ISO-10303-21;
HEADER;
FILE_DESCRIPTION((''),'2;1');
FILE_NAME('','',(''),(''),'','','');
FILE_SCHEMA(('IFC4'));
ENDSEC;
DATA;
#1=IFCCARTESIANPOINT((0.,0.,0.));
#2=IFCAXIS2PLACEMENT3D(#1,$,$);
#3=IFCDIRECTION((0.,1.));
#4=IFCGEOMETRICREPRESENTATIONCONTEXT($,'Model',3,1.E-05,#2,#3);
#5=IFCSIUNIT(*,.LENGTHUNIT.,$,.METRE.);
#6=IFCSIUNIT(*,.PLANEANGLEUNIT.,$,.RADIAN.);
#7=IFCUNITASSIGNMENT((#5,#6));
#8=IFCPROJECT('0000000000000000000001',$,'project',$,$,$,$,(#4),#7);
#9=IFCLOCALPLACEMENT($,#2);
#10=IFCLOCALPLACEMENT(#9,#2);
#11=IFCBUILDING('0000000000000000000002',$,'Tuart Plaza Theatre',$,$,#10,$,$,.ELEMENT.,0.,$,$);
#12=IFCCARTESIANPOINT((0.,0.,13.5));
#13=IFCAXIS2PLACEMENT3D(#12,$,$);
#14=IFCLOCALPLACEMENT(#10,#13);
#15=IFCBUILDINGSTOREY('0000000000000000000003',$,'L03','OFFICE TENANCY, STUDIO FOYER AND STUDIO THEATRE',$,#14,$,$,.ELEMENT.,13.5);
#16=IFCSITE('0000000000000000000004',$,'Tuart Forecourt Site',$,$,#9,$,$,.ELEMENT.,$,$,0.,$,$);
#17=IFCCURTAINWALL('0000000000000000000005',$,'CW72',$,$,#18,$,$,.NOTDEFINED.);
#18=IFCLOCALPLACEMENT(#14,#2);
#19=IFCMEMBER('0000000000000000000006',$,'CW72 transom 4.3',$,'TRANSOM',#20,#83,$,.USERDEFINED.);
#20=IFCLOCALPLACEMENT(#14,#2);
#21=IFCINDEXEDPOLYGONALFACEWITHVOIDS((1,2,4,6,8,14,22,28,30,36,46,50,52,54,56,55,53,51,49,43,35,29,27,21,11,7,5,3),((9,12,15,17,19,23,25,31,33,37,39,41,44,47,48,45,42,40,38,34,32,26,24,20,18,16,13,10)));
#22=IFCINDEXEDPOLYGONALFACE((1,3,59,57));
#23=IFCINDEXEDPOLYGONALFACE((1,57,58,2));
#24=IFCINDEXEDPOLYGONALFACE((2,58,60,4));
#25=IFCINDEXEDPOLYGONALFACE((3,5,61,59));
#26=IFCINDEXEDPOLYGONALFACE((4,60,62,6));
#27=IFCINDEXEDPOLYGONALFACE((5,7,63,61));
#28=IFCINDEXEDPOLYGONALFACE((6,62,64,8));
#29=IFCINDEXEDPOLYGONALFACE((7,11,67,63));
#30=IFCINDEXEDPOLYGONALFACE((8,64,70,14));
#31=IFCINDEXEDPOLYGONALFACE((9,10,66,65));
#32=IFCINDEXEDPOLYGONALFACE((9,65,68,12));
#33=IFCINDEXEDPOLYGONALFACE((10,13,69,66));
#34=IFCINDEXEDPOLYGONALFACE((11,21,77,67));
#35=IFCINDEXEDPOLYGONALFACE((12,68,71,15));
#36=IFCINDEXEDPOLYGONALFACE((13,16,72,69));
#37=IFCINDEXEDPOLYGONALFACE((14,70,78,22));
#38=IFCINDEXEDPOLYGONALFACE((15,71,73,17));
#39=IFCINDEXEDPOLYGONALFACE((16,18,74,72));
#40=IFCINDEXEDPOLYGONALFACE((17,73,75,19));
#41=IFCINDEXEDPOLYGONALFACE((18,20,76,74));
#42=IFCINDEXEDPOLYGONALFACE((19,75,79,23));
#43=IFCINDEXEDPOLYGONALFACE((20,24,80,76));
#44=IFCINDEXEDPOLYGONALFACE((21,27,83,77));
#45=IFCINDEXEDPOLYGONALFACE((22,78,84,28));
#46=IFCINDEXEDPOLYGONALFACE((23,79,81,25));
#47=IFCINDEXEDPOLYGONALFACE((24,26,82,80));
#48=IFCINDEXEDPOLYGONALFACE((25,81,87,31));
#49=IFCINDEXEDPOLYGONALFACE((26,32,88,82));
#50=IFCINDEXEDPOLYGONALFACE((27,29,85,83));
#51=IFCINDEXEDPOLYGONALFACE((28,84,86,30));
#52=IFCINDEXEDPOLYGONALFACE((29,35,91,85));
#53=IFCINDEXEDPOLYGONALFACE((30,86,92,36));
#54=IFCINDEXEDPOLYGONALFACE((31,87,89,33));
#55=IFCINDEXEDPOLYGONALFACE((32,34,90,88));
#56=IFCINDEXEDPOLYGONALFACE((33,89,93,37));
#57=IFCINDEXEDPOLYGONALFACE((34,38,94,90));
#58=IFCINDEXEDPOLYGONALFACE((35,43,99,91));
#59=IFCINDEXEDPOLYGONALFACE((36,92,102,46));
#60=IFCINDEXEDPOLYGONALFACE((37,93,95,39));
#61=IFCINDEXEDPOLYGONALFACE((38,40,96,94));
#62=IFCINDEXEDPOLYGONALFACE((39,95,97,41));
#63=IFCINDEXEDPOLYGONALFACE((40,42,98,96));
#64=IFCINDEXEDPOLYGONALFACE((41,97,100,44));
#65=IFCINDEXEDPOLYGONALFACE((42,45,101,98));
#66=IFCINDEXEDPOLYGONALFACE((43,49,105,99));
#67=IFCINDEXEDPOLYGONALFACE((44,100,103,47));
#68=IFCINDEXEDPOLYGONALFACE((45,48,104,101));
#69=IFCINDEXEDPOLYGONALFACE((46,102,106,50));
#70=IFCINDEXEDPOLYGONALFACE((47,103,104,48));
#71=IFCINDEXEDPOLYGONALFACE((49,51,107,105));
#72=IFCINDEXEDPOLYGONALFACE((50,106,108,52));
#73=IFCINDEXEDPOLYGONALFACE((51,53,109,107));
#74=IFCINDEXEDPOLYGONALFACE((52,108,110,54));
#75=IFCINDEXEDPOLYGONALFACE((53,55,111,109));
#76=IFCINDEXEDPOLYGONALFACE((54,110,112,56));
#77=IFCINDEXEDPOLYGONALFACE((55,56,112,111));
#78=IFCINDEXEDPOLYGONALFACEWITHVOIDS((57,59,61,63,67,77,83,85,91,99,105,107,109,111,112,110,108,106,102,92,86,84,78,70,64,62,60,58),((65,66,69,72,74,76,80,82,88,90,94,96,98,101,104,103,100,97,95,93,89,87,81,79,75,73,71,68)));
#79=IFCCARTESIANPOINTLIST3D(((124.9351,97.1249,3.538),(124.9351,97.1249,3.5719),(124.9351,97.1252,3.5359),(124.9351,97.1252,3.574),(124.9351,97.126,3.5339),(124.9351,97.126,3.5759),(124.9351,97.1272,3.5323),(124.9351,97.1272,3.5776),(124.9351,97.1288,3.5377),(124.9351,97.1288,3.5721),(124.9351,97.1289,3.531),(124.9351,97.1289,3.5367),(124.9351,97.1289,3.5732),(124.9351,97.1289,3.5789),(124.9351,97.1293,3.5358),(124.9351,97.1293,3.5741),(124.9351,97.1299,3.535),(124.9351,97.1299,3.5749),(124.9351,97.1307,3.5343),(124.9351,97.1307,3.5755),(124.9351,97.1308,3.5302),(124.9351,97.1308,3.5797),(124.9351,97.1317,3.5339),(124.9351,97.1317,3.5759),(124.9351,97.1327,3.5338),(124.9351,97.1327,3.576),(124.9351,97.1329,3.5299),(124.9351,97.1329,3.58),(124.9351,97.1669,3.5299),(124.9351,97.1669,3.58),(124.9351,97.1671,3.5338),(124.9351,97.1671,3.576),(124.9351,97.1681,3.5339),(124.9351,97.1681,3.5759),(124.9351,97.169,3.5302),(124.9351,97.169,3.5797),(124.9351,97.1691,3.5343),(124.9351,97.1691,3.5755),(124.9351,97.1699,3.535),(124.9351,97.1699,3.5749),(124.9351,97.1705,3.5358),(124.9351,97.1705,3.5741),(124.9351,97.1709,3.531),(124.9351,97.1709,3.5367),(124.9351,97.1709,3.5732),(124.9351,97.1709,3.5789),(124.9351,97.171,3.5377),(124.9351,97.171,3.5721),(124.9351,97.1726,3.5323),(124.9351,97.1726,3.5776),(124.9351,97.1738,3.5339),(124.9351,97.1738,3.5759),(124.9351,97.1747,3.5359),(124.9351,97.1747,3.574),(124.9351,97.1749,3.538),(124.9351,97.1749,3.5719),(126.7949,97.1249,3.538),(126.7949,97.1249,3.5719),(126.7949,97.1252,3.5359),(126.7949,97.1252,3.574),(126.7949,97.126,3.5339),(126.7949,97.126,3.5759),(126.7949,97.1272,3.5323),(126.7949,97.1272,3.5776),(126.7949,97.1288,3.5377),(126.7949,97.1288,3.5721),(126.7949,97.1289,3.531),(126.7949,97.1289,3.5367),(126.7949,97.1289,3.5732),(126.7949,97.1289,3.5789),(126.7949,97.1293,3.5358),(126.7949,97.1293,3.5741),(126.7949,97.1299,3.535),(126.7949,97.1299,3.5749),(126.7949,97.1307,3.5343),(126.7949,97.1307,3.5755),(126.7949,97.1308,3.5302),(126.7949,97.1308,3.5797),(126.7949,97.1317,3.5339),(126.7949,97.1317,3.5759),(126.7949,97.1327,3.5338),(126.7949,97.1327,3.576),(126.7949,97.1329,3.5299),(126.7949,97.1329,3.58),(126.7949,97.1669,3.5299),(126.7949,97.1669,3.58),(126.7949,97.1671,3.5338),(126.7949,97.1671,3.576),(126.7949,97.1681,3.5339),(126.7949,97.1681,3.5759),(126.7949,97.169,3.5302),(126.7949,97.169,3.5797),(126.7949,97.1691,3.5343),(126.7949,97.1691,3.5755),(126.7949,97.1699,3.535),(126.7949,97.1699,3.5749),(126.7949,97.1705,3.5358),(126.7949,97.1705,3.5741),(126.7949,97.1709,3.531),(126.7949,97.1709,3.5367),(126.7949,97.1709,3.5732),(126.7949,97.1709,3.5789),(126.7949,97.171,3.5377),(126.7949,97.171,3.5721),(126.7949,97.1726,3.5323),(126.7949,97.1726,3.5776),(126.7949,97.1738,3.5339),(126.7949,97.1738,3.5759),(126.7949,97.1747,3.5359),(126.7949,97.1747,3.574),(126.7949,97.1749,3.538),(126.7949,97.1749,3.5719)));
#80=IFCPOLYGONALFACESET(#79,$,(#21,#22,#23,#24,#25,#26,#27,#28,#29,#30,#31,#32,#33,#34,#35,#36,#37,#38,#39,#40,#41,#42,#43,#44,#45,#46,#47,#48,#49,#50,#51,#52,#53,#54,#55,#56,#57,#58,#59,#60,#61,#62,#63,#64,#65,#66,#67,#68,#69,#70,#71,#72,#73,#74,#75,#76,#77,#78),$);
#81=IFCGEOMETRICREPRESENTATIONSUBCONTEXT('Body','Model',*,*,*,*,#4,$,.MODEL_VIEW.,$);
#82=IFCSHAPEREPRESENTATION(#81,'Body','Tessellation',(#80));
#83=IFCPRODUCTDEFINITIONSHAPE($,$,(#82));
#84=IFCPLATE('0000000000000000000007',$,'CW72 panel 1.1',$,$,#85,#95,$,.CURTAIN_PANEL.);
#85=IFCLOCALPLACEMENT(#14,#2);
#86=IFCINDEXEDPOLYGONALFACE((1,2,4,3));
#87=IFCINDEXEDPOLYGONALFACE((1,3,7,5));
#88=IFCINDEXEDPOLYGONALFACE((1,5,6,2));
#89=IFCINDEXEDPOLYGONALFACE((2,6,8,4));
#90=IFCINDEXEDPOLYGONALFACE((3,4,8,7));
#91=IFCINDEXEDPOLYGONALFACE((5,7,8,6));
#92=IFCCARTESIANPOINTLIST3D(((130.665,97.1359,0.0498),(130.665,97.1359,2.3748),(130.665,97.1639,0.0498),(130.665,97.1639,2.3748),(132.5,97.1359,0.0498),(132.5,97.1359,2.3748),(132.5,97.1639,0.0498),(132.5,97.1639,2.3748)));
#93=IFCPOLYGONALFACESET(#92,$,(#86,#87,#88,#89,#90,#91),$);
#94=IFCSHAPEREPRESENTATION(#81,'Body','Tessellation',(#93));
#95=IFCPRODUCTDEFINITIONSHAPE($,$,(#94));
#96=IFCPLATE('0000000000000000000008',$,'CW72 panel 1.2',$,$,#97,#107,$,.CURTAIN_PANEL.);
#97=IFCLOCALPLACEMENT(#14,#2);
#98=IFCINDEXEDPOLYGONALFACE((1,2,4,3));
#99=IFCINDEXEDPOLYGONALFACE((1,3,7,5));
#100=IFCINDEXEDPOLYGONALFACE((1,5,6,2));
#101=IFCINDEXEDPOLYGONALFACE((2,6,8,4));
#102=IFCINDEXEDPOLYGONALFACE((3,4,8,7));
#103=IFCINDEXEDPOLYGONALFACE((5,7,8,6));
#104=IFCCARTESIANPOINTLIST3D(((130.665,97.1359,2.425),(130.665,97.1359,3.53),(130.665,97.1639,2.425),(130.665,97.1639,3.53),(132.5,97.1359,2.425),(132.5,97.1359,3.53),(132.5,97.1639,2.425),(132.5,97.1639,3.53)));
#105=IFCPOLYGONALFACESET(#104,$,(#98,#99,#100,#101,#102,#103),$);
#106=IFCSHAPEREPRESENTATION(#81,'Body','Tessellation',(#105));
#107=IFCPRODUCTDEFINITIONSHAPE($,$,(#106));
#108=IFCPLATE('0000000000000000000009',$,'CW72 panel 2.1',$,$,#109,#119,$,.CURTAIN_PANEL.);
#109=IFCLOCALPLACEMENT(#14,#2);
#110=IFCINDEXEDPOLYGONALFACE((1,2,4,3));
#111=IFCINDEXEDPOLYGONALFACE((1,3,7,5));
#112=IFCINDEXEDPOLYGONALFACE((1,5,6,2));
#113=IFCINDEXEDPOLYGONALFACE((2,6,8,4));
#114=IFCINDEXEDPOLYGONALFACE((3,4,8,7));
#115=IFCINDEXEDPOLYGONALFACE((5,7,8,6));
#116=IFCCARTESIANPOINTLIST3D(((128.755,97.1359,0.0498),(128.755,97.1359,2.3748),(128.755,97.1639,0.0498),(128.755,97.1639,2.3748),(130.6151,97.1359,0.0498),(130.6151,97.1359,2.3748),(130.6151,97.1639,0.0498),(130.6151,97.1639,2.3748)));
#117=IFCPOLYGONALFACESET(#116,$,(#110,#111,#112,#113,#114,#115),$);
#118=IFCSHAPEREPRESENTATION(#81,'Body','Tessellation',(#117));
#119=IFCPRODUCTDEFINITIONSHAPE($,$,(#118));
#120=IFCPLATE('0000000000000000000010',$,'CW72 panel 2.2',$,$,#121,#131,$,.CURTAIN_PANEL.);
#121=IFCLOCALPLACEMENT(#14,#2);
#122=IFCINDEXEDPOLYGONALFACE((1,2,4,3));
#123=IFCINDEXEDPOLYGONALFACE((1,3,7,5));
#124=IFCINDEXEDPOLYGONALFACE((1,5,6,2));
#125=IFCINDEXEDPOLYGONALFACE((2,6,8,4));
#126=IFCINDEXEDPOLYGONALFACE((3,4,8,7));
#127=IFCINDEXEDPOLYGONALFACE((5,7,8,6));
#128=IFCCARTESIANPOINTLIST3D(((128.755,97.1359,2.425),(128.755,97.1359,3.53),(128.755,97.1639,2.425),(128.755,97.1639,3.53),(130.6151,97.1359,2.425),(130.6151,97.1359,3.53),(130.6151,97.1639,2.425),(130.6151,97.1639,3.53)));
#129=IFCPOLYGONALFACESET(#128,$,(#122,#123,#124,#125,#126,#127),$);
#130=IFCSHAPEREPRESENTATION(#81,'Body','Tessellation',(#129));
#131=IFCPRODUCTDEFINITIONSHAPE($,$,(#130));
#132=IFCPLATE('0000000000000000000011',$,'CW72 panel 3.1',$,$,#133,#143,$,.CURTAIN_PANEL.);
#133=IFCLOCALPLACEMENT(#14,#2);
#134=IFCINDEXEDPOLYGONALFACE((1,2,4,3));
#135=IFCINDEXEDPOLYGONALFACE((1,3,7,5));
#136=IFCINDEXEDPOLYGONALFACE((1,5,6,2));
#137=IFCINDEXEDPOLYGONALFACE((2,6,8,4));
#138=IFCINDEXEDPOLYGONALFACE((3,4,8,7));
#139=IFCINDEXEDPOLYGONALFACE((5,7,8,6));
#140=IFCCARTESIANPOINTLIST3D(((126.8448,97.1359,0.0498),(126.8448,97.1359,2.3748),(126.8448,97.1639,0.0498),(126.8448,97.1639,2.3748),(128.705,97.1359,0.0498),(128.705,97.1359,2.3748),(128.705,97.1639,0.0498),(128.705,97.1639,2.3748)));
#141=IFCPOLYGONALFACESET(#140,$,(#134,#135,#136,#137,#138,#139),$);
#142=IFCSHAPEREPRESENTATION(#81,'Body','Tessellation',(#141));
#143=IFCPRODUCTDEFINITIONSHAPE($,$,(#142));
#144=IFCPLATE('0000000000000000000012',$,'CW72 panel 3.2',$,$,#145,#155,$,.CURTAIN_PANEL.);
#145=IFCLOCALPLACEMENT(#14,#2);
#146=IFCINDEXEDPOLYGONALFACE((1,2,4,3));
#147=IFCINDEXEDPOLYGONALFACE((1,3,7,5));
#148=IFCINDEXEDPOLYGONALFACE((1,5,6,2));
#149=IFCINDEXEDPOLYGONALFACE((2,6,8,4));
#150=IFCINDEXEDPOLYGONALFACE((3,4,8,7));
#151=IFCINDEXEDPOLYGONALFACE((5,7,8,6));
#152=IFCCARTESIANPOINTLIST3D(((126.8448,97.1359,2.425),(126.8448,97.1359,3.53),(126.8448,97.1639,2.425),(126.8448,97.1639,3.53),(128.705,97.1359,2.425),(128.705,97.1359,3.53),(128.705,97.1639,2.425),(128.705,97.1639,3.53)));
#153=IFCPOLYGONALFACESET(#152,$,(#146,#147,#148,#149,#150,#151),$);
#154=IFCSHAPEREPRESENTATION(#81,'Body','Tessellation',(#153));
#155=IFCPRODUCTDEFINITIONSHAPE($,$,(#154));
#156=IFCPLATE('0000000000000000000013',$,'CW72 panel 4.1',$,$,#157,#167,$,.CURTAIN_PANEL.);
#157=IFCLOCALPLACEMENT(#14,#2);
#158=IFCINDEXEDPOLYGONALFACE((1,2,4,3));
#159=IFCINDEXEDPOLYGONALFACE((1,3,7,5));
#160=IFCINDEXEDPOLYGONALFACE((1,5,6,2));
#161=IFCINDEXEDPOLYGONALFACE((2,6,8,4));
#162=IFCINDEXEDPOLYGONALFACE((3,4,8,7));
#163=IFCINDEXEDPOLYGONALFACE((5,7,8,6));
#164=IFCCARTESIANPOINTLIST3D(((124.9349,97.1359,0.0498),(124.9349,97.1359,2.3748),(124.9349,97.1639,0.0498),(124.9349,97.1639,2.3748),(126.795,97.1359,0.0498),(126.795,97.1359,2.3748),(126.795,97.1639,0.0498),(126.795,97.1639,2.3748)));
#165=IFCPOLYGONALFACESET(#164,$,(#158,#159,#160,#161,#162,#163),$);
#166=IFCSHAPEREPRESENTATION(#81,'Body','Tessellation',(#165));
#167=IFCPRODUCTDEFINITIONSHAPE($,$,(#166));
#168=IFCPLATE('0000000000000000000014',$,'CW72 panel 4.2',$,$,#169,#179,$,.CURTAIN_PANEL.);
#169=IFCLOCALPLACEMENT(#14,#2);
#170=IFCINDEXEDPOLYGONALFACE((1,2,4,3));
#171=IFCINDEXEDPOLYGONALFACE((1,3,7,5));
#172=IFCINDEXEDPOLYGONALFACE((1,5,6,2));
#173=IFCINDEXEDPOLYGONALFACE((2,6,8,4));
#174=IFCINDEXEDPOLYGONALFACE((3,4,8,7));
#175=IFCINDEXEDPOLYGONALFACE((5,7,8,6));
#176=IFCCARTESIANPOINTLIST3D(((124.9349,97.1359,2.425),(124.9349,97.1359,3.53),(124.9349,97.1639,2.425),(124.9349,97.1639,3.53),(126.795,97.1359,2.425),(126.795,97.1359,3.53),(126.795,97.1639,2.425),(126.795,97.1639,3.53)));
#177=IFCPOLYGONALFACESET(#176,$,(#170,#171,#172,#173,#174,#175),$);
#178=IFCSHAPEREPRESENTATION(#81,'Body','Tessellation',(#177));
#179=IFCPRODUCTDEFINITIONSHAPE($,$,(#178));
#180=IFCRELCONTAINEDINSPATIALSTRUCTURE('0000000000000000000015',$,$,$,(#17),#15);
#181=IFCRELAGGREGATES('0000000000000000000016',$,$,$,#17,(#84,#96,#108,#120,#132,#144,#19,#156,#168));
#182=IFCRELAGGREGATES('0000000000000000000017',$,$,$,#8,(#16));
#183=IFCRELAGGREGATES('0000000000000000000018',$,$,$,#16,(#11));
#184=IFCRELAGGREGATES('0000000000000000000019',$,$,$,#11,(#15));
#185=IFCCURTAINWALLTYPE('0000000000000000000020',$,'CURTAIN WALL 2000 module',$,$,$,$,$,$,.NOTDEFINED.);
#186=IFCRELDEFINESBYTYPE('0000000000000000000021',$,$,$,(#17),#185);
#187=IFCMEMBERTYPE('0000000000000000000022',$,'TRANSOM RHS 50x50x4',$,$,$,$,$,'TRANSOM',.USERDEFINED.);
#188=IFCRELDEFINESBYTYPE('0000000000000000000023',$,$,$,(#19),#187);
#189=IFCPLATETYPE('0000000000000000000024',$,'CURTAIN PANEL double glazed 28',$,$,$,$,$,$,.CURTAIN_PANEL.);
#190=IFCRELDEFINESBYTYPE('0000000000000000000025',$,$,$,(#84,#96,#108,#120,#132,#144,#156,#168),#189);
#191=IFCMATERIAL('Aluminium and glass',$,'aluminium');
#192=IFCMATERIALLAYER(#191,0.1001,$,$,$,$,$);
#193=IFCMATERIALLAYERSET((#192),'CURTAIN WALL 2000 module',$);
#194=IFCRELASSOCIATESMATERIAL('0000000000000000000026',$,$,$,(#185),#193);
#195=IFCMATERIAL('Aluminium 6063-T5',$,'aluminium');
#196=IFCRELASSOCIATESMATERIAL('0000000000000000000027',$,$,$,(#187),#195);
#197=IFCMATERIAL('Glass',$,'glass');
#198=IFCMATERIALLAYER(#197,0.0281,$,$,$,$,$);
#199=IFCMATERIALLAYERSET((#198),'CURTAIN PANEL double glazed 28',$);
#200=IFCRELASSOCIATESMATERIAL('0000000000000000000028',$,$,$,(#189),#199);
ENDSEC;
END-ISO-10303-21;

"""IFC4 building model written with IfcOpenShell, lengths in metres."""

from ifc_helpers import new_model, si_unit, direction, frame, origin, origin_2d, place, context, subcontext, project, spatial, rectangle, hollow_rectangle, extrude, material, layer, layer_set, material_profile, profile_set, type_object, element, aggregate, save


model = new_model("IFC4")

# Units and contexts
model_context = context("Model", 3, precision=1e-05, world=origin(), true_north=direction((0.0, 1.0)))
body_context = subcontext(model_context, "Body", "Model", "MODEL_VIEW")
ifc_project = project(units=[si_unit("LENGTHUNIT", "METRE"), si_unit("PLANEANGLEUNIT", "RADIAN")], contexts=[model_context])

# Site, building, storey
site_placement = place(None, origin())
site = spatial("IfcSite", under=ifc_project, at=site_placement, Name="Tuart Forecourt Site", CompositionType="ELEMENT", RefElevation=0.0)
building_placement = place(site_placement, origin())
building = spatial("IfcBuilding", under=site, at=building_placement, Name="Tuart Plaza Theatre", CompositionType="ELEMENT", ElevationOfRefHeight=0.0)
storey_placement = place(building_placement, frame((0.0, 0.0, 13.5)))
storey = spatial("IfcBuildingStorey", under=building, at=storey_placement, Name="L03", Description="OFFICE TENANCY, STUDIO FOYER AND STUDIO THEATRE", CompositionType="ELEMENT", Elevation=13.5)

# Curtain wall, member, plates
ifc_material_1 = material(Name="Aluminium and glass", Category="aluminium")
ifc_layer_1 = layer(ifc_material_1, 0.1001)
ifc_layer_set_1 = layer_set([ifc_layer_1], Name="CURTAIN WALL 2000 module")
curtain_wall_type = type_object("IfcCurtainWallType", Name="CURTAIN WALL 2000 module", PredefinedType="NOTDEFINED", material=ifc_layer_set_1)
curtain_wall_placement = place(storey_placement, origin())
curtain_wall = element("IfcCurtainWall", 1, at=curtain_wall_placement, inside=storey, type_object=curtain_wall_type, Name="CW72", PredefinedType="NOTDEFINED")
ifc_material_2 = material(Name="Aluminium 6063-T5", Category="aluminium")
ifc_material_profile_1 = material_profile(ifc_material_2, hollow_rectangle(XDim=0.05, YDim=0.05, WallThickness=0.0039, InnerFilletRadius=0.0039, OuterFilletRadius=0.0081, at=origin_2d()), Name="RHS 50x50x4")
ifc_profile_set_1 = profile_set([ifc_material_profile_1], Name="Aluminium 6063-T5")
member_type_1 = type_object("IfcMemberType", Name="TRANSOM RHS 50x50x4", ElementType="TRANSOM", PredefinedType="USERDEFINED", material=ifc_profile_set_1)
member_1_placement = place(storey_placement, frame((126.7949, 97.1499, 3.5549), z_axis=(-1.0, 0.0, 0.0), x_axis=(0.0, -1.0, 0.0)))
member_1 = element("IfcMember", 2, at=member_1_placement, type_object=member_type_1, Name="CW72 transom 4.3", ObjectType="TRANSOM", PredefinedType="USERDEFINED", context=body_context, shape_type="SweptSolid", body=[
    extrude(hollow_rectangle(XDim=0.05, YDim=0.05, WallThickness=0.0039, InnerFilletRadius=0.0039, OuterFilletRadius=0.0081, at=origin_2d()), origin(), (0.0, 0.0, 1.0), 1.8599),
])
ifc_material_3 = material(Name="Glass", Category="glass")
ifc_layer_2 = layer(ifc_material_3, 0.0281)
ifc_layer_set_2 = layer_set([ifc_layer_2], Name="CURTAIN PANEL double glazed 28")
plate_type = type_object("IfcPlateType", Name="CURTAIN PANEL double glazed 28", PredefinedType="CURTAIN_PANEL", material=ifc_layer_set_2)
plate_1_placement = place(storey_placement, frame((131.5825, 97.1499, 0.0498), z_axis=(0.0, 0.0, 1.0), x_axis=(-1.0, 0.0, 0.0)))
plate_1 = element("IfcPlate", 3, at=plate_1_placement, type_object=plate_type, Name="CW72 panel 1.1", PredefinedType="CURTAIN_PANEL", context=body_context, shape_type="SweptSolid", body=[
    extrude(rectangle(XDim=1.835, YDim=0.0281, at=origin_2d()), origin(), (0.0, 0.0, 1.0), 2.325),
])
plate_2_placement = place(storey_placement, frame((131.5825, 97.1499, 2.425), z_axis=(0.0, 0.0, 1.0), x_axis=(-1.0, 0.0, 0.0)))
plate_2 = element("IfcPlate", 4, at=plate_2_placement, type_object=plate_type, Name="CW72 panel 1.2", PredefinedType="CURTAIN_PANEL", context=body_context, shape_type="SweptSolid", body=[
    extrude(rectangle(XDim=1.835, YDim=0.0281, at=origin_2d()), origin(), (0.0, 0.0, 1.0), 1.105),
])
plate_3_placement = place(storey_placement, frame((129.6851, 97.1499, 0.0498), z_axis=(0.0, 0.0, 1.0), x_axis=(-1.0, 0.0, 0.0)))
plate_3 = element("IfcPlate", 5, at=plate_3_placement, type_object=plate_type, Name="CW72 panel 2.1", PredefinedType="CURTAIN_PANEL", context=body_context, shape_type="SweptSolid", body=[
    extrude(rectangle(XDim=1.8601, YDim=0.0281, at=origin_2d()), origin(), (0.0, 0.0, 1.0), 2.325),
])
plate_4_placement = place(storey_placement, frame((129.6851, 97.1499, 2.425), z_axis=(0.0, 0.0, 1.0), x_axis=(-1.0, 0.0, 0.0)))
plate_4 = element("IfcPlate", 6, at=plate_4_placement, type_object=plate_type, Name="CW72 panel 2.2", PredefinedType="CURTAIN_PANEL", context=body_context, shape_type="SweptSolid", body=[
    extrude(rectangle(XDim=1.8601, YDim=0.0281, at=origin_2d()), origin(), (0.0, 0.0, 1.0), 1.105),
])
plate_5_placement = place(storey_placement, frame((127.7749, 97.1499, 0.0498), z_axis=(0.0, 0.0, 1.0), x_axis=(-1.0, 0.0, 0.0)))
plate_5 = element("IfcPlate", 7, at=plate_5_placement, type_object=plate_type, Name="CW72 panel 3.1", PredefinedType="CURTAIN_PANEL", context=body_context, shape_type="SweptSolid", body=[
    extrude(rectangle(XDim=1.8601, YDim=0.0281, at=origin_2d()), origin(), (0.0, 0.0, 1.0), 2.325),
])
plate_6_placement = place(storey_placement, frame((127.7749, 97.1499, 2.425), z_axis=(0.0, 0.0, 1.0), x_axis=(-1.0, 0.0, 0.0)))
plate_6 = element("IfcPlate", 8, at=plate_6_placement, type_object=plate_type, Name="CW72 panel 3.2", PredefinedType="CURTAIN_PANEL", context=body_context, shape_type="SweptSolid", body=[
    extrude(rectangle(XDim=1.8601, YDim=0.0281, at=origin_2d()), origin(), (0.0, 0.0, 1.0), 1.105),
])
plate_7_placement = place(storey_placement, frame((125.865, 97.1499, 0.0498), z_axis=(0.0, 0.0, 1.0), x_axis=(-1.0, 0.0, 0.0)))
plate_7 = element("IfcPlate", 9, at=plate_7_placement, type_object=plate_type, Name="CW72 panel 4.1", PredefinedType="CURTAIN_PANEL", context=body_context, shape_type="SweptSolid", body=[
    extrude(rectangle(XDim=1.8601, YDim=0.0281, at=origin_2d()), origin(), (0.0, 0.0, 1.0), 2.325),
])
plate_8_placement = place(storey_placement, frame((125.865, 97.1499, 2.425), z_axis=(0.0, 0.0, 1.0), x_axis=(-1.0, 0.0, 0.0)))
plate_8 = element("IfcPlate", 10, at=plate_8_placement, type_object=plate_type, Name="CW72 panel 4.2", PredefinedType="CURTAIN_PANEL", context=body_context, shape_type="SweptSolid", body=[
    extrude(rectangle(XDim=1.8601, YDim=0.0281, at=origin_2d()), origin(), (0.0, 0.0, 1.0), 1.105),
])
aggregate(curtain_wall, [plate_1, plate_2, plate_3, plate_4, plate_5, plate_6, member_1, plate_7, plate_8])

save(model, "model.ifc")
